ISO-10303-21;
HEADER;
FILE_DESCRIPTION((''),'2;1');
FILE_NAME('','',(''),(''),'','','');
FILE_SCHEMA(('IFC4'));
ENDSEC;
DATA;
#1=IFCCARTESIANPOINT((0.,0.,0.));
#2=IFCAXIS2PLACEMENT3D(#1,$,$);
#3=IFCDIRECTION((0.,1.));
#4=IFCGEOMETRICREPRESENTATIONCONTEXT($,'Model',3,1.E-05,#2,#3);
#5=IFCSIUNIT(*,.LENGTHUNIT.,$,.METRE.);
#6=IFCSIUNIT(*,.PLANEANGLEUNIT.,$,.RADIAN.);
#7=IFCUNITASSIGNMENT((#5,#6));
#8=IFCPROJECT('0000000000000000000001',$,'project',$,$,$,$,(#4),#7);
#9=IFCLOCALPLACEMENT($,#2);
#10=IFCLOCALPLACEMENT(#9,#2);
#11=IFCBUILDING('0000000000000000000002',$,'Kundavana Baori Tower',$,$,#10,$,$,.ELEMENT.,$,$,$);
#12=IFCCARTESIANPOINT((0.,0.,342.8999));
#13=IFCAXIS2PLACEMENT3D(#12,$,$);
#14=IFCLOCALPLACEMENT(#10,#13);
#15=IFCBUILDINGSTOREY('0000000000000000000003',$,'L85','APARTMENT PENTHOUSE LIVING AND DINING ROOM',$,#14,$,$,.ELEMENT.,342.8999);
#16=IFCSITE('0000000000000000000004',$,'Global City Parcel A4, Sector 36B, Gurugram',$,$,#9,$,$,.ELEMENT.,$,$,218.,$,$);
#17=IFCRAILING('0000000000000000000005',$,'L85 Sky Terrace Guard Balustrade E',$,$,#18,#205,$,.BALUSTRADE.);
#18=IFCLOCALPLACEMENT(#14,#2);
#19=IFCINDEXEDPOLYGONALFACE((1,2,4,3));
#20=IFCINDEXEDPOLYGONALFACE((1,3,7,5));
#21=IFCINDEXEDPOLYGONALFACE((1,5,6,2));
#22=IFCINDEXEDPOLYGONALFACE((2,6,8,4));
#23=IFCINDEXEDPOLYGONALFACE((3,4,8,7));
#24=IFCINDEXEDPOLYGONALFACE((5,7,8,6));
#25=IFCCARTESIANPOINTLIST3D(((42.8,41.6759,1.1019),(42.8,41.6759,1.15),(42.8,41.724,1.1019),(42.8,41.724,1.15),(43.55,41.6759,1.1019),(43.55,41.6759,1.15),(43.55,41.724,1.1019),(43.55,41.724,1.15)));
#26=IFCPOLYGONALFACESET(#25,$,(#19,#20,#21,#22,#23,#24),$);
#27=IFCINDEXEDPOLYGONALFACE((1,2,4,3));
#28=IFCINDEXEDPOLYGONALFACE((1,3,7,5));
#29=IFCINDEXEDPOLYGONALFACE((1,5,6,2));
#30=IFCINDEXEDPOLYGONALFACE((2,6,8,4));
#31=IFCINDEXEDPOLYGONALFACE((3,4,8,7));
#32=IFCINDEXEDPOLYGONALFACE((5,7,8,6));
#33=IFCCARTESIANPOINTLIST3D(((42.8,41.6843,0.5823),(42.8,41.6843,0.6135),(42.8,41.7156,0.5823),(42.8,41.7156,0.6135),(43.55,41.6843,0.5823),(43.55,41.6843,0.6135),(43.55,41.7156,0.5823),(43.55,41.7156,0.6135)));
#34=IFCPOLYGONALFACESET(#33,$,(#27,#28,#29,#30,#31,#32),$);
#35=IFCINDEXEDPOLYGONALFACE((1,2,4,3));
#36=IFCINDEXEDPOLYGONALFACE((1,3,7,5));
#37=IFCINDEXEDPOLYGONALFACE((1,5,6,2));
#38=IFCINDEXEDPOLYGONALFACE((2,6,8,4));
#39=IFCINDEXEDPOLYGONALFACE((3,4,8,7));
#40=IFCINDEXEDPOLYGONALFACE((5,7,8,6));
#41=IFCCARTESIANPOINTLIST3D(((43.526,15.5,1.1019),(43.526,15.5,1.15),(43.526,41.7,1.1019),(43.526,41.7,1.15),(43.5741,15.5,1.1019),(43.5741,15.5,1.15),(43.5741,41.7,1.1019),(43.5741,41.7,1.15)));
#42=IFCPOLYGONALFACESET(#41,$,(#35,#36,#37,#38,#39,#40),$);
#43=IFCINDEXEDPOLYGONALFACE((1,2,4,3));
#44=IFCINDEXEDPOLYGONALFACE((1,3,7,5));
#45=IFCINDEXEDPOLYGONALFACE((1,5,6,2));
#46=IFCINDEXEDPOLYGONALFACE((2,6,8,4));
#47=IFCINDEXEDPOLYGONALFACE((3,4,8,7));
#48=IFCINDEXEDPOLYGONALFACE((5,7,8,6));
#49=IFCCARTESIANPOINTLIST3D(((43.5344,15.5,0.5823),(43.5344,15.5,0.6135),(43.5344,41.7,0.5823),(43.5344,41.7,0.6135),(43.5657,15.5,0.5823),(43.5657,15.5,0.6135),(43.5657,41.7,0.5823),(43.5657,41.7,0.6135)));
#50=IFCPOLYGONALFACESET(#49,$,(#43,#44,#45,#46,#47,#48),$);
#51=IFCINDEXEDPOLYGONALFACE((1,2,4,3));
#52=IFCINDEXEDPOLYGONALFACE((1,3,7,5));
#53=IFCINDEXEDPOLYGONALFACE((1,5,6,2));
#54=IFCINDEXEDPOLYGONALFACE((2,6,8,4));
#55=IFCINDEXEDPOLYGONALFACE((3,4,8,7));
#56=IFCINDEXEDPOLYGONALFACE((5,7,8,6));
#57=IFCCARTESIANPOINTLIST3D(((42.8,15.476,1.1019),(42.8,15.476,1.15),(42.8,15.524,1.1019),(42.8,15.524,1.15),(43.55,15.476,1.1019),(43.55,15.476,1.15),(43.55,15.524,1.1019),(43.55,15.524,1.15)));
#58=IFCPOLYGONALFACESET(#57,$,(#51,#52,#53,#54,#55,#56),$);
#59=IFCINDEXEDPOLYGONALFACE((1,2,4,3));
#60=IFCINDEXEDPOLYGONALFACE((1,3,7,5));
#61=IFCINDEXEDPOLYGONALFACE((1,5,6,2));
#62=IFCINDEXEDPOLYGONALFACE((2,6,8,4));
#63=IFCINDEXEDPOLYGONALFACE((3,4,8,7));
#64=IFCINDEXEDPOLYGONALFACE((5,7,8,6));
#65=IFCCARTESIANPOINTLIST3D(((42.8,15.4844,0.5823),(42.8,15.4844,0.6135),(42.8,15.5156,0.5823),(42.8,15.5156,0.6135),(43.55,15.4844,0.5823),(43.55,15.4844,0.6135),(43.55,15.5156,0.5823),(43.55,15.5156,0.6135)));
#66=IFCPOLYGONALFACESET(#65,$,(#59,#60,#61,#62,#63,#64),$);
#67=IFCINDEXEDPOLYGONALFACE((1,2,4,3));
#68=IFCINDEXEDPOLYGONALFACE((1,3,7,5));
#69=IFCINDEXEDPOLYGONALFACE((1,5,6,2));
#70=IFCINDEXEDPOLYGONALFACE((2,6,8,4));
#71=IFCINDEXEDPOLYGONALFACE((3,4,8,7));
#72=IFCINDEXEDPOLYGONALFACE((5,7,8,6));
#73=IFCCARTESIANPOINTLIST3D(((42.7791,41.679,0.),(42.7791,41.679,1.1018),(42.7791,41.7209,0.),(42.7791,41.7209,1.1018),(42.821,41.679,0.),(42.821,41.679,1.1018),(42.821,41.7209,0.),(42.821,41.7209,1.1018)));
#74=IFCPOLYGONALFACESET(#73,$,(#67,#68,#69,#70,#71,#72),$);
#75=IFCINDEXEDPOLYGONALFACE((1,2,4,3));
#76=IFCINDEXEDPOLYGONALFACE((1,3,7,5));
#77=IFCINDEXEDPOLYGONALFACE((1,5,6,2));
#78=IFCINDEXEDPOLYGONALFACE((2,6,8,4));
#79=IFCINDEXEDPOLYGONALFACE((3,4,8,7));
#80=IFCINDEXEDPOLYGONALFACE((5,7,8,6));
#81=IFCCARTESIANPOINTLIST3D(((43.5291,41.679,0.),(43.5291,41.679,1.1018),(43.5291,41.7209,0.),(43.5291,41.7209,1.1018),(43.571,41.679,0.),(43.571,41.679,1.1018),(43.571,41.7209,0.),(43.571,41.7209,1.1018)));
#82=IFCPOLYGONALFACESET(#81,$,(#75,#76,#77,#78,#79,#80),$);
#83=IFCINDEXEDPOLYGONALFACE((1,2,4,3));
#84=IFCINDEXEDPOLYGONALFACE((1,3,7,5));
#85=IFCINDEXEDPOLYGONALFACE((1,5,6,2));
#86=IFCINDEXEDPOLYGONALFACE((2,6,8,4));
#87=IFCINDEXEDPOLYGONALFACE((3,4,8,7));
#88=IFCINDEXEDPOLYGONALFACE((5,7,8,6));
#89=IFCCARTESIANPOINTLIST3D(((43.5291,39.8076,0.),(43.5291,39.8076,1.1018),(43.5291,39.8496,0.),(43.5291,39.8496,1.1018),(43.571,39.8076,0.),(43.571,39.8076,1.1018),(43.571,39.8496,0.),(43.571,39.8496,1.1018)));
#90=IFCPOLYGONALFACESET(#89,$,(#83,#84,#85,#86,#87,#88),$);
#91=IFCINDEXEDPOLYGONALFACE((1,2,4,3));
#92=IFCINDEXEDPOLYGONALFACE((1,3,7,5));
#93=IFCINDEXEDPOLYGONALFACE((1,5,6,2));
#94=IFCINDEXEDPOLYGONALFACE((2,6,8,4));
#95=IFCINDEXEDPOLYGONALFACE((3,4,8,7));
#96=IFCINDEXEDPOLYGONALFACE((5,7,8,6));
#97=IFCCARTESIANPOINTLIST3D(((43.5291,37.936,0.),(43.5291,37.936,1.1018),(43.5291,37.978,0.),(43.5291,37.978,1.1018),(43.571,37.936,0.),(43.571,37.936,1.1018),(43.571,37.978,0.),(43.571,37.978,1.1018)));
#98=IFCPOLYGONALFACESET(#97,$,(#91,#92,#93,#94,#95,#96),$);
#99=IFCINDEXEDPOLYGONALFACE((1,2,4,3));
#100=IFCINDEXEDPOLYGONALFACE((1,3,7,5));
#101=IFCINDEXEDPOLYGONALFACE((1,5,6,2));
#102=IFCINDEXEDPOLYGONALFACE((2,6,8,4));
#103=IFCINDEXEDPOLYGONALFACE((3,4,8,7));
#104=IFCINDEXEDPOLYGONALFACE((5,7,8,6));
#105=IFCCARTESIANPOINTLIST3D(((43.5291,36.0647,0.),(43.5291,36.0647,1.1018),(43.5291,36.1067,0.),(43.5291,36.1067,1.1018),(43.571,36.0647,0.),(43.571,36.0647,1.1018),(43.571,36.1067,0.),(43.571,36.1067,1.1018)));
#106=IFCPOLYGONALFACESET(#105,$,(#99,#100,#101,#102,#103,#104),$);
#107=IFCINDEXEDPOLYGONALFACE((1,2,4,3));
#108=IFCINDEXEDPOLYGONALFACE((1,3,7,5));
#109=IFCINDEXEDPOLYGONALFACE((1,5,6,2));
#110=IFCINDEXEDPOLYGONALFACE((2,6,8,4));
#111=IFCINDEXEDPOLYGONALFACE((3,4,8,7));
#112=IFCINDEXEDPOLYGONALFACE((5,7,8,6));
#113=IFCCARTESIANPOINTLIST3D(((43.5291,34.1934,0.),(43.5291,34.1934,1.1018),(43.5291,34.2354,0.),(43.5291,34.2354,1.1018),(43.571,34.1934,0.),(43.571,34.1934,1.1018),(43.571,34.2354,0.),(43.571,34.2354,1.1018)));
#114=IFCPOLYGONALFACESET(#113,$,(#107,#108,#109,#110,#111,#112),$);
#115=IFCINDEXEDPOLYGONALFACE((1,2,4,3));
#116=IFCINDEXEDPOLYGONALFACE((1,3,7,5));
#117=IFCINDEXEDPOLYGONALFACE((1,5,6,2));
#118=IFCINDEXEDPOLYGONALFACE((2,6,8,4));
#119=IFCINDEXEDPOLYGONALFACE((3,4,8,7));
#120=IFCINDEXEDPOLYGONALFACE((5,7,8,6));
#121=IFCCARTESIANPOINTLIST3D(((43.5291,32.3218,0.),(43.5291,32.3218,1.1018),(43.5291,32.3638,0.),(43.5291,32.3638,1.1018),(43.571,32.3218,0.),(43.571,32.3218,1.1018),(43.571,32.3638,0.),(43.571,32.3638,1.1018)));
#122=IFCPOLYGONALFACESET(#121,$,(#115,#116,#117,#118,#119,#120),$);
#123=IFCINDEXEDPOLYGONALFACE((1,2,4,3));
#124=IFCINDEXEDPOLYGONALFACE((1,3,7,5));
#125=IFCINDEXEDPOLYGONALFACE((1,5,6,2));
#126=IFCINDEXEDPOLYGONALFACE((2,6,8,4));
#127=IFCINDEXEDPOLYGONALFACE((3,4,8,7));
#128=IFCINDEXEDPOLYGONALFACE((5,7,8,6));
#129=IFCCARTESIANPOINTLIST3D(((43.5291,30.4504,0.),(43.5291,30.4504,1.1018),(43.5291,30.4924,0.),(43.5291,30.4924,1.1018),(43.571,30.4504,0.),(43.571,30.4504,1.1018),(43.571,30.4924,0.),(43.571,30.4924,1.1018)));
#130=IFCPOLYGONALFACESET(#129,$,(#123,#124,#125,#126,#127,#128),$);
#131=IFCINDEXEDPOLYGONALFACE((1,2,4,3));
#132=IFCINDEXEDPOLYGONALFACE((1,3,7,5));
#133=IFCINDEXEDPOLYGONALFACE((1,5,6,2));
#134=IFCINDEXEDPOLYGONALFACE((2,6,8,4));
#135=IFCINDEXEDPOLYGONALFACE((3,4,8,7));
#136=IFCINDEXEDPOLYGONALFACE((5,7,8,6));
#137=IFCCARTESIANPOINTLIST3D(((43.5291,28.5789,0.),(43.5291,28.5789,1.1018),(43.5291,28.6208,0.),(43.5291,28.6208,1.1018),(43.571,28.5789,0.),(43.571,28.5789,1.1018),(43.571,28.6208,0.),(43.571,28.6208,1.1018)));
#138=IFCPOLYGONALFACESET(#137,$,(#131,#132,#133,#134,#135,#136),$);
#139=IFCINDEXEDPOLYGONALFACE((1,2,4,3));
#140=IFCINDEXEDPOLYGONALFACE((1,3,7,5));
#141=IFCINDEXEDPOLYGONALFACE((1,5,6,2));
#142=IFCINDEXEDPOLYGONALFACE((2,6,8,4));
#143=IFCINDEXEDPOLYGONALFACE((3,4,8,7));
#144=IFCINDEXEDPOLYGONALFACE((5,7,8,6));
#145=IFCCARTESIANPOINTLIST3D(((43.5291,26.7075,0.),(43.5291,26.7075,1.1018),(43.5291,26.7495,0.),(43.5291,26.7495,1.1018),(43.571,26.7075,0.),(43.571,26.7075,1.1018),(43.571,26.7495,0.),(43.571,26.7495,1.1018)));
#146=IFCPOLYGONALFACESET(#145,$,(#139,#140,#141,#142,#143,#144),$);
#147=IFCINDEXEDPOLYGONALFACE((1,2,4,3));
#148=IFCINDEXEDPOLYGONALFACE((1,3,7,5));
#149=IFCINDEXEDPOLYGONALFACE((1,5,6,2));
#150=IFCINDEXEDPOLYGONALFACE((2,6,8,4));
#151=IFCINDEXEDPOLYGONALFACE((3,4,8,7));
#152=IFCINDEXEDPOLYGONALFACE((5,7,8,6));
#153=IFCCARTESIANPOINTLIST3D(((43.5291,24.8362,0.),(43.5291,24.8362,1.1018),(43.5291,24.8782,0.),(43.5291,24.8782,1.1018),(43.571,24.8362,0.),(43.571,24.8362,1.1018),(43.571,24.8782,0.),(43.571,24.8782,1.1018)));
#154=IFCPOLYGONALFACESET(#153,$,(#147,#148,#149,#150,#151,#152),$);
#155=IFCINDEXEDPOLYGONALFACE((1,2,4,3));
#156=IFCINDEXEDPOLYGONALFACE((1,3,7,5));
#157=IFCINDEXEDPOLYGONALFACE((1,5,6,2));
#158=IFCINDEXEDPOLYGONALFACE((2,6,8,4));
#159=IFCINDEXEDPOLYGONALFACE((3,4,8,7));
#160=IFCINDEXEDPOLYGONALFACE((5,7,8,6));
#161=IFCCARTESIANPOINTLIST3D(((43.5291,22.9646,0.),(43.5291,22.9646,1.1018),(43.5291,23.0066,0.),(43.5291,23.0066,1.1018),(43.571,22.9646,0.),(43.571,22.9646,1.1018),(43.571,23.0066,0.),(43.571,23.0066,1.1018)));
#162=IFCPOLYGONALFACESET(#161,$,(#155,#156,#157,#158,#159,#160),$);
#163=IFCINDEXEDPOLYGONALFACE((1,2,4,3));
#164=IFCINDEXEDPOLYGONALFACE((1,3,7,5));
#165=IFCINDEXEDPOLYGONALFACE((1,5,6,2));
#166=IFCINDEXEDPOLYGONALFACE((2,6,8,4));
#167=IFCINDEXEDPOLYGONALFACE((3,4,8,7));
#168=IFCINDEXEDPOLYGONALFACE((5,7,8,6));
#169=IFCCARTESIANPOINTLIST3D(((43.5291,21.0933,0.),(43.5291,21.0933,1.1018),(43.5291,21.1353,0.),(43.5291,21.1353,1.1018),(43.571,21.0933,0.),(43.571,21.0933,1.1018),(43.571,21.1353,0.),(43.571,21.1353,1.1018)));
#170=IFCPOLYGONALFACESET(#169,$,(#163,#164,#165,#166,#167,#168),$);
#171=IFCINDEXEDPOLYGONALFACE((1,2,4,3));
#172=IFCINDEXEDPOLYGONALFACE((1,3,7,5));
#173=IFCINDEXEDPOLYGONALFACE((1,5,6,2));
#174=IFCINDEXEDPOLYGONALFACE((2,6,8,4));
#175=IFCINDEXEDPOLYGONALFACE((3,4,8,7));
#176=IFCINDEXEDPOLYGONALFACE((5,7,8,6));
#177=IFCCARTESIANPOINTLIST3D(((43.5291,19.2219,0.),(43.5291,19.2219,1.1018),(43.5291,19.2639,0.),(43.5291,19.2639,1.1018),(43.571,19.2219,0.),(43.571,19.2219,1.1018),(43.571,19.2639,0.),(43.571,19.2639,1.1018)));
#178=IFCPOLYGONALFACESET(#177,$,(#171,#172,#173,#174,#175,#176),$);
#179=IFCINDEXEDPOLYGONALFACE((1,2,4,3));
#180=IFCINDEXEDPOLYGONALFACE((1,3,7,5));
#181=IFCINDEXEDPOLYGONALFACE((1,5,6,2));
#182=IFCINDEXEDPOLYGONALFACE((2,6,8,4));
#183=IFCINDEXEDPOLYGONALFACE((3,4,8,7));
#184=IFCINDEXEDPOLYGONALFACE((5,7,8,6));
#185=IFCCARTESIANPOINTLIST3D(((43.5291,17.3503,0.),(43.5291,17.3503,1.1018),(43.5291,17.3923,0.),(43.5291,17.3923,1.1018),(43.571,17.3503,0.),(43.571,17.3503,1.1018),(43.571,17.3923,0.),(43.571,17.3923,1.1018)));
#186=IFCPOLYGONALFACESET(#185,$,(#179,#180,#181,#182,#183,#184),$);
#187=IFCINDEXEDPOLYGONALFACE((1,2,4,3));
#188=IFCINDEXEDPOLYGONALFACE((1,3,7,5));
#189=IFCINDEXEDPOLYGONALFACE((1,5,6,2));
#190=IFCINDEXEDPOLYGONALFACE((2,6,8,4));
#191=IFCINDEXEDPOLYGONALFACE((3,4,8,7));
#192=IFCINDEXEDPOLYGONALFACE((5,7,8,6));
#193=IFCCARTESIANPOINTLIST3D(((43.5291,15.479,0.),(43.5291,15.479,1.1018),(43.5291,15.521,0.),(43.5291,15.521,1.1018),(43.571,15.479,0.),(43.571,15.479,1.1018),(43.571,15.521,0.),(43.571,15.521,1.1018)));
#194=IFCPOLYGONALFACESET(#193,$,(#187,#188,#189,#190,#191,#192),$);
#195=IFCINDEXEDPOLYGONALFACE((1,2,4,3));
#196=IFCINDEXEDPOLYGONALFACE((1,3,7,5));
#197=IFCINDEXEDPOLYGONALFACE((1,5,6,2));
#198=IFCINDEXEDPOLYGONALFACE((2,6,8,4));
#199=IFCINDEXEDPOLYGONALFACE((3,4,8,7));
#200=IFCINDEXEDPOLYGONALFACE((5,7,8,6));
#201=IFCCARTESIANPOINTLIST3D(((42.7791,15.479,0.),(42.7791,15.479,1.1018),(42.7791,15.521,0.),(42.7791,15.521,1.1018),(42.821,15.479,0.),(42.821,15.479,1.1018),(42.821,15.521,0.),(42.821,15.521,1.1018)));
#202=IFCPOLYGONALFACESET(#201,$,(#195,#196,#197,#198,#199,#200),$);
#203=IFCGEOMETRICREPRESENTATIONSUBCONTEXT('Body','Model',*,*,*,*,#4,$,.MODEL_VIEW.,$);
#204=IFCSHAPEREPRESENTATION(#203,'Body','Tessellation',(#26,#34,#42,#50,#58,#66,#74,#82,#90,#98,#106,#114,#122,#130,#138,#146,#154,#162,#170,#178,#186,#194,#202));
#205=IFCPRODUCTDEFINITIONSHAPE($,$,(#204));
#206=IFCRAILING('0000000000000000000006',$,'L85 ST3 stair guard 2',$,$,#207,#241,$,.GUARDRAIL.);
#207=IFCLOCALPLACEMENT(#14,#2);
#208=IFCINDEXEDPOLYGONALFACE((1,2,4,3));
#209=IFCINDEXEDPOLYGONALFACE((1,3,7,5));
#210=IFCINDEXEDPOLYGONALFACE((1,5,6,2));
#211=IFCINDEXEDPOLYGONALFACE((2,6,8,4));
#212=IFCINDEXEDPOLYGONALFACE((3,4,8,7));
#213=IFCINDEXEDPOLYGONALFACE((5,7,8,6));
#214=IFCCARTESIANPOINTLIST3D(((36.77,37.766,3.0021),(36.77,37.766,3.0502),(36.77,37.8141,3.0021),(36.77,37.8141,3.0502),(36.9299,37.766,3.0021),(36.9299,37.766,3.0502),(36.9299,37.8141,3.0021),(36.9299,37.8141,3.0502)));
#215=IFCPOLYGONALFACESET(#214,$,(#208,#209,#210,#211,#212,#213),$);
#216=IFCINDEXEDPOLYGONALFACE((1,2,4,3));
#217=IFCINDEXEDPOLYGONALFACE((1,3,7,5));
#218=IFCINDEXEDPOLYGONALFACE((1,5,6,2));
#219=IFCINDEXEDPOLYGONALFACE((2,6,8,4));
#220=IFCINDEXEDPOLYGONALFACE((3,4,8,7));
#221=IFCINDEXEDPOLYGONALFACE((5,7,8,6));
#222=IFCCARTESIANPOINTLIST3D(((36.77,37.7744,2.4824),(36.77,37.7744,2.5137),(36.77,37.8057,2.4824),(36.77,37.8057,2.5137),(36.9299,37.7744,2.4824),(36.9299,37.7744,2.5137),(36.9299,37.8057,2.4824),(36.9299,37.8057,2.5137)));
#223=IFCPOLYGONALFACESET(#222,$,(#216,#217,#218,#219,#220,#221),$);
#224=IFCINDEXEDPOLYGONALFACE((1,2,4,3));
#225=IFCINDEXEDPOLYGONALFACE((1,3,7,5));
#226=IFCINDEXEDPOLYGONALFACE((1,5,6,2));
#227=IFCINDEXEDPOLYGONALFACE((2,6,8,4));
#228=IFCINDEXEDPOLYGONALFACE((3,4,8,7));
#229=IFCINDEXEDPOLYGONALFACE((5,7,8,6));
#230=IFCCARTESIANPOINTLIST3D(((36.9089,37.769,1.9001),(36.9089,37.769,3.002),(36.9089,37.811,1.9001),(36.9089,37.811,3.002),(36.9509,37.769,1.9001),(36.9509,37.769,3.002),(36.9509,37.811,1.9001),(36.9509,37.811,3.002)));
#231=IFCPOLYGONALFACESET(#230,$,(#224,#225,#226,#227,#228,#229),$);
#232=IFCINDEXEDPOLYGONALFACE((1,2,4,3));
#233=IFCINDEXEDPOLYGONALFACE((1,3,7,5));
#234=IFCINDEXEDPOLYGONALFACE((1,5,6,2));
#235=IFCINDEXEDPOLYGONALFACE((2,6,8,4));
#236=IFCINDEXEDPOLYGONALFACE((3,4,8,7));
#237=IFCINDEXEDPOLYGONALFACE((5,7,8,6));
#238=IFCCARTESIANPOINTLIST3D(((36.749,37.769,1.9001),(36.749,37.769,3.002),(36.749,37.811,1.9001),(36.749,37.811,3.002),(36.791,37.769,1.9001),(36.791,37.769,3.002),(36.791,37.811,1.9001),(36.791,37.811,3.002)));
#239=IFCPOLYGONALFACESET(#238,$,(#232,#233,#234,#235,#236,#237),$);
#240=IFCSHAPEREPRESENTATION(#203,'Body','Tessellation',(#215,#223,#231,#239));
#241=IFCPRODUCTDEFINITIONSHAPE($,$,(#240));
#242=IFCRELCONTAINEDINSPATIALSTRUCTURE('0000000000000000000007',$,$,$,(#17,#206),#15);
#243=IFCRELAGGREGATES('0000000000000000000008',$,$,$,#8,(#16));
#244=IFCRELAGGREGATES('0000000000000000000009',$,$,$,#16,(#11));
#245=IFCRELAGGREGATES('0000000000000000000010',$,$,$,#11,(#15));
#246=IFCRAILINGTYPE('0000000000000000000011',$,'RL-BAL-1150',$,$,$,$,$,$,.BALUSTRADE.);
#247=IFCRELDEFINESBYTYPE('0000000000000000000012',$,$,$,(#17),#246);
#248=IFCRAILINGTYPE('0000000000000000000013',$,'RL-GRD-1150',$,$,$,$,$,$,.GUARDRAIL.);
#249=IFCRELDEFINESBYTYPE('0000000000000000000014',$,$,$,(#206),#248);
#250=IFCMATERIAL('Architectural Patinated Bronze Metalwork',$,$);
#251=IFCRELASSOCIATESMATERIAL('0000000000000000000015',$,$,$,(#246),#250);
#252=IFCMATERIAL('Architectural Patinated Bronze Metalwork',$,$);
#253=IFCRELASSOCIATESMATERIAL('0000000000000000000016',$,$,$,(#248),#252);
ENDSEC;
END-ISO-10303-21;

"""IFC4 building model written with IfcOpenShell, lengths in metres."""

from ifc_helpers import new_model, si_unit, direction, frame, origin, origin_2d, place, context, subcontext, project, spatial, rectangle, extrude, material, type_object, element, save


model = new_model("IFC4")

# Units and contexts
model_context = context("Model", 3, precision=1e-05, world=origin(), true_north=direction((0.0, 1.0)))
body_context = subcontext(model_context, "Body", "Model", "MODEL_VIEW")
ifc_project = project(units=[si_unit("LENGTHUNIT", "METRE"), si_unit("PLANEANGLEUNIT", "RADIAN")], contexts=[model_context])

# Site, building, storey
site_placement = place(None, origin())
site = spatial("IfcSite", under=ifc_project, at=site_placement, Name="Global City Parcel A4, Sector 36B, Gurugram", CompositionType="ELEMENT", RefElevation=218.0)
building_placement = place(site_placement, origin())
building = spatial("IfcBuilding", under=site, at=building_placement, Name="Kundavana Baori Tower", CompositionType="ELEMENT")
storey_placement = place(building_placement, frame((0.0, 0.0, 342.8999)))
storey = spatial("IfcBuildingStorey", under=building, at=storey_placement, Name="L85", Description="APARTMENT PENTHOUSE LIVING AND DINING ROOM", CompositionType="ELEMENT", Elevation=342.8999)

# Railings
ifc_material_1 = material(Name="Architectural Patinated Bronze Metalwork")
railing_type_1 = type_object("IfcRailingType", Name="RL-BAL-1150", PredefinedType="BALUSTRADE", material=ifc_material_1)
railing_1_placement = place(storey_placement, frame((42.8, 41.7, 0.0)))
element("IfcRailing", 1, at=railing_1_placement, inside=storey, type_object=railing_type_1, Name="L85 Sky Terrace Guard Balustrade E", PredefinedType="BALUSTRADE", context=body_context, shape_type="SweptSolid", body=[
    extrude(rectangle(XDim=0.0481, YDim=0.0481, at=origin_2d()), frame((0.0, 0.0, 1.126), z_axis=(1.0, 0.0, 0.0), x_axis=(0.0, 1.0, 0.0)), (0.0, 0.0, 1.0), 0.75),
    extrude(rectangle(XDim=0.0312, YDim=0.0312, at=origin_2d()), frame((0.0, 0.0, 0.5979), z_axis=(1.0, 0.0, 0.0), x_axis=(0.0, 1.0, 0.0)), (0.0, 0.0, 1.0), 0.75),
    extrude(rectangle(XDim=0.0481, YDim=0.0481, at=origin_2d()), frame((0.75, 0.0, 1.126), z_axis=(0.0, -1.0, 0.0), x_axis=(1.0, 0.0, 0.0)), (0.0, 0.0, 1.0), 26.2),
    extrude(rectangle(XDim=0.0312, YDim=0.0312, at=origin_2d()), frame((0.75, 0.0, 0.5979), z_axis=(0.0, -1.0, 0.0), x_axis=(1.0, 0.0, 0.0)), (0.0, 0.0, 1.0), 26.2),
    extrude(rectangle(XDim=0.0481, YDim=0.0481, at=origin_2d()), frame((0.75, -26.2, 1.126), z_axis=(-1.0, 0.0, 0.0), x_axis=(0.0, -1.0, 0.0)), (0.0, 0.0, 1.0), 0.75),
    extrude(rectangle(XDim=0.0312, YDim=0.0312, at=origin_2d()), frame((0.75, -26.2, 0.5979), z_axis=(-1.0, 0.0, 0.0), x_axis=(0.0, -1.0, 0.0)), (0.0, 0.0, 1.0), 0.75),
    extrude(rectangle(XDim=0.042, YDim=0.042, at=origin_2d()), origin(), (0.0, 0.0, 1.0), 1.1018),
    extrude(rectangle(XDim=0.042, YDim=0.042, at=origin_2d()), frame((0.75, 0.0, 0.0)), (0.0, 0.0, 1.0), 1.1018),
    extrude(rectangle(XDim=0.042, YDim=0.042, at=origin_2d()), frame((0.75, -1.8713, 0.0)), (0.0, 0.0, 1.0), 1.1018),
    extrude(rectangle(XDim=0.042, YDim=0.042, at=origin_2d()), frame((0.75, -3.7429, 0.0)), (0.0, 0.0, 1.0), 1.1018),
    extrude(rectangle(XDim=0.042, YDim=0.042, at=origin_2d()), frame((0.75, -5.6143, 0.0)), (0.0, 0.0, 1.0), 1.1018),
    extrude(rectangle(XDim=0.042, YDim=0.042, at=origin_2d()), frame((0.75, -7.4856, 0.0)), (0.0, 0.0, 1.0), 1.1018),
    extrude(rectangle(XDim=0.042, YDim=0.042, at=origin_2d()), frame((0.75, -9.3572, 0.0)), (0.0, 0.0, 1.0), 1.1018),
    extrude(rectangle(XDim=0.042, YDim=0.042, at=origin_2d()), frame((0.75, -11.2285, 0.0)), (0.0, 0.0, 1.0), 1.1018),
    extrude(rectangle(XDim=0.042, YDim=0.042, at=origin_2d()), frame((0.75, -13.1001, 0.0)), (0.0, 0.0, 1.0), 1.1018),
    extrude(rectangle(XDim=0.042, YDim=0.042, at=origin_2d()), frame((0.75, -14.9714, 0.0)), (0.0, 0.0, 1.0), 1.1018),
    extrude(rectangle(XDim=0.042, YDim=0.042, at=origin_2d()), frame((0.75, -16.8428, 0.0)), (0.0, 0.0, 1.0), 1.1018),
    extrude(rectangle(XDim=0.042, YDim=0.042, at=origin_2d()), frame((0.75, -18.7144, 0.0)), (0.0, 0.0, 1.0), 1.1018),
    extrude(rectangle(XDim=0.042, YDim=0.042, at=origin_2d()), frame((0.75, -20.5857, 0.0)), (0.0, 0.0, 1.0), 1.1018),
    extrude(rectangle(XDim=0.042, YDim=0.042, at=origin_2d()), frame((0.75, -22.457, 0.0)), (0.0, 0.0, 1.0), 1.1018),
    extrude(rectangle(XDim=0.042, YDim=0.042, at=origin_2d()), frame((0.75, -24.3286, 0.0)), (0.0, 0.0, 1.0), 1.1018),
    extrude(rectangle(XDim=0.042, YDim=0.042, at=origin_2d()), frame((0.75, -26.2, 0.0)), (0.0, 0.0, 1.0), 1.1018),
    extrude(rectangle(XDim=0.042, YDim=0.042, at=origin_2d()), frame((0.0, -26.2, 0.0)), (0.0, 0.0, 1.0), 1.1018),
])
ifc_material_2 = material(Name="Architectural Patinated Bronze Metalwork")
railing_type_2 = type_object("IfcRailingType", Name="RL-GRD-1150", PredefinedType="GUARDRAIL", material=ifc_material_2)
railing_2_placement = place(storey_placement, frame((36.9299, 37.79, 1.9001)))
element("IfcRailing", 2, at=railing_2_placement, inside=storey, type_object=railing_type_2, Name="L85 ST3 stair guard 2", PredefinedType="GUARDRAIL", context=body_context, shape_type="SweptSolid", body=[
    extrude(rectangle(XDim=0.0481, YDim=0.0481, at=origin_2d()), frame((0.0, 0.0, 1.126), z_axis=(-1.0, 0.0, 0.0), x_axis=(0.0, -1.0, 0.0)), (0.0, 0.0, 1.0), 0.1599),
    extrude(rectangle(XDim=0.0312, YDim=0.0312, at=origin_2d()), frame((0.0, 0.0, 0.5979), z_axis=(-1.0, 0.0, 0.0), x_axis=(0.0, -1.0, 0.0)), (0.0, 0.0, 1.0), 0.1599),
    extrude(rectangle(XDim=0.042, YDim=0.042, at=origin_2d()), origin(), (0.0, 0.0, 1.0), 1.1018),
    extrude(rectangle(XDim=0.042, YDim=0.042, at=origin_2d()), frame((-0.1599, 0.0, 0.0)), (0.0, 0.0, 1.0), 1.1018),
])

save(model, "model.ifc")
